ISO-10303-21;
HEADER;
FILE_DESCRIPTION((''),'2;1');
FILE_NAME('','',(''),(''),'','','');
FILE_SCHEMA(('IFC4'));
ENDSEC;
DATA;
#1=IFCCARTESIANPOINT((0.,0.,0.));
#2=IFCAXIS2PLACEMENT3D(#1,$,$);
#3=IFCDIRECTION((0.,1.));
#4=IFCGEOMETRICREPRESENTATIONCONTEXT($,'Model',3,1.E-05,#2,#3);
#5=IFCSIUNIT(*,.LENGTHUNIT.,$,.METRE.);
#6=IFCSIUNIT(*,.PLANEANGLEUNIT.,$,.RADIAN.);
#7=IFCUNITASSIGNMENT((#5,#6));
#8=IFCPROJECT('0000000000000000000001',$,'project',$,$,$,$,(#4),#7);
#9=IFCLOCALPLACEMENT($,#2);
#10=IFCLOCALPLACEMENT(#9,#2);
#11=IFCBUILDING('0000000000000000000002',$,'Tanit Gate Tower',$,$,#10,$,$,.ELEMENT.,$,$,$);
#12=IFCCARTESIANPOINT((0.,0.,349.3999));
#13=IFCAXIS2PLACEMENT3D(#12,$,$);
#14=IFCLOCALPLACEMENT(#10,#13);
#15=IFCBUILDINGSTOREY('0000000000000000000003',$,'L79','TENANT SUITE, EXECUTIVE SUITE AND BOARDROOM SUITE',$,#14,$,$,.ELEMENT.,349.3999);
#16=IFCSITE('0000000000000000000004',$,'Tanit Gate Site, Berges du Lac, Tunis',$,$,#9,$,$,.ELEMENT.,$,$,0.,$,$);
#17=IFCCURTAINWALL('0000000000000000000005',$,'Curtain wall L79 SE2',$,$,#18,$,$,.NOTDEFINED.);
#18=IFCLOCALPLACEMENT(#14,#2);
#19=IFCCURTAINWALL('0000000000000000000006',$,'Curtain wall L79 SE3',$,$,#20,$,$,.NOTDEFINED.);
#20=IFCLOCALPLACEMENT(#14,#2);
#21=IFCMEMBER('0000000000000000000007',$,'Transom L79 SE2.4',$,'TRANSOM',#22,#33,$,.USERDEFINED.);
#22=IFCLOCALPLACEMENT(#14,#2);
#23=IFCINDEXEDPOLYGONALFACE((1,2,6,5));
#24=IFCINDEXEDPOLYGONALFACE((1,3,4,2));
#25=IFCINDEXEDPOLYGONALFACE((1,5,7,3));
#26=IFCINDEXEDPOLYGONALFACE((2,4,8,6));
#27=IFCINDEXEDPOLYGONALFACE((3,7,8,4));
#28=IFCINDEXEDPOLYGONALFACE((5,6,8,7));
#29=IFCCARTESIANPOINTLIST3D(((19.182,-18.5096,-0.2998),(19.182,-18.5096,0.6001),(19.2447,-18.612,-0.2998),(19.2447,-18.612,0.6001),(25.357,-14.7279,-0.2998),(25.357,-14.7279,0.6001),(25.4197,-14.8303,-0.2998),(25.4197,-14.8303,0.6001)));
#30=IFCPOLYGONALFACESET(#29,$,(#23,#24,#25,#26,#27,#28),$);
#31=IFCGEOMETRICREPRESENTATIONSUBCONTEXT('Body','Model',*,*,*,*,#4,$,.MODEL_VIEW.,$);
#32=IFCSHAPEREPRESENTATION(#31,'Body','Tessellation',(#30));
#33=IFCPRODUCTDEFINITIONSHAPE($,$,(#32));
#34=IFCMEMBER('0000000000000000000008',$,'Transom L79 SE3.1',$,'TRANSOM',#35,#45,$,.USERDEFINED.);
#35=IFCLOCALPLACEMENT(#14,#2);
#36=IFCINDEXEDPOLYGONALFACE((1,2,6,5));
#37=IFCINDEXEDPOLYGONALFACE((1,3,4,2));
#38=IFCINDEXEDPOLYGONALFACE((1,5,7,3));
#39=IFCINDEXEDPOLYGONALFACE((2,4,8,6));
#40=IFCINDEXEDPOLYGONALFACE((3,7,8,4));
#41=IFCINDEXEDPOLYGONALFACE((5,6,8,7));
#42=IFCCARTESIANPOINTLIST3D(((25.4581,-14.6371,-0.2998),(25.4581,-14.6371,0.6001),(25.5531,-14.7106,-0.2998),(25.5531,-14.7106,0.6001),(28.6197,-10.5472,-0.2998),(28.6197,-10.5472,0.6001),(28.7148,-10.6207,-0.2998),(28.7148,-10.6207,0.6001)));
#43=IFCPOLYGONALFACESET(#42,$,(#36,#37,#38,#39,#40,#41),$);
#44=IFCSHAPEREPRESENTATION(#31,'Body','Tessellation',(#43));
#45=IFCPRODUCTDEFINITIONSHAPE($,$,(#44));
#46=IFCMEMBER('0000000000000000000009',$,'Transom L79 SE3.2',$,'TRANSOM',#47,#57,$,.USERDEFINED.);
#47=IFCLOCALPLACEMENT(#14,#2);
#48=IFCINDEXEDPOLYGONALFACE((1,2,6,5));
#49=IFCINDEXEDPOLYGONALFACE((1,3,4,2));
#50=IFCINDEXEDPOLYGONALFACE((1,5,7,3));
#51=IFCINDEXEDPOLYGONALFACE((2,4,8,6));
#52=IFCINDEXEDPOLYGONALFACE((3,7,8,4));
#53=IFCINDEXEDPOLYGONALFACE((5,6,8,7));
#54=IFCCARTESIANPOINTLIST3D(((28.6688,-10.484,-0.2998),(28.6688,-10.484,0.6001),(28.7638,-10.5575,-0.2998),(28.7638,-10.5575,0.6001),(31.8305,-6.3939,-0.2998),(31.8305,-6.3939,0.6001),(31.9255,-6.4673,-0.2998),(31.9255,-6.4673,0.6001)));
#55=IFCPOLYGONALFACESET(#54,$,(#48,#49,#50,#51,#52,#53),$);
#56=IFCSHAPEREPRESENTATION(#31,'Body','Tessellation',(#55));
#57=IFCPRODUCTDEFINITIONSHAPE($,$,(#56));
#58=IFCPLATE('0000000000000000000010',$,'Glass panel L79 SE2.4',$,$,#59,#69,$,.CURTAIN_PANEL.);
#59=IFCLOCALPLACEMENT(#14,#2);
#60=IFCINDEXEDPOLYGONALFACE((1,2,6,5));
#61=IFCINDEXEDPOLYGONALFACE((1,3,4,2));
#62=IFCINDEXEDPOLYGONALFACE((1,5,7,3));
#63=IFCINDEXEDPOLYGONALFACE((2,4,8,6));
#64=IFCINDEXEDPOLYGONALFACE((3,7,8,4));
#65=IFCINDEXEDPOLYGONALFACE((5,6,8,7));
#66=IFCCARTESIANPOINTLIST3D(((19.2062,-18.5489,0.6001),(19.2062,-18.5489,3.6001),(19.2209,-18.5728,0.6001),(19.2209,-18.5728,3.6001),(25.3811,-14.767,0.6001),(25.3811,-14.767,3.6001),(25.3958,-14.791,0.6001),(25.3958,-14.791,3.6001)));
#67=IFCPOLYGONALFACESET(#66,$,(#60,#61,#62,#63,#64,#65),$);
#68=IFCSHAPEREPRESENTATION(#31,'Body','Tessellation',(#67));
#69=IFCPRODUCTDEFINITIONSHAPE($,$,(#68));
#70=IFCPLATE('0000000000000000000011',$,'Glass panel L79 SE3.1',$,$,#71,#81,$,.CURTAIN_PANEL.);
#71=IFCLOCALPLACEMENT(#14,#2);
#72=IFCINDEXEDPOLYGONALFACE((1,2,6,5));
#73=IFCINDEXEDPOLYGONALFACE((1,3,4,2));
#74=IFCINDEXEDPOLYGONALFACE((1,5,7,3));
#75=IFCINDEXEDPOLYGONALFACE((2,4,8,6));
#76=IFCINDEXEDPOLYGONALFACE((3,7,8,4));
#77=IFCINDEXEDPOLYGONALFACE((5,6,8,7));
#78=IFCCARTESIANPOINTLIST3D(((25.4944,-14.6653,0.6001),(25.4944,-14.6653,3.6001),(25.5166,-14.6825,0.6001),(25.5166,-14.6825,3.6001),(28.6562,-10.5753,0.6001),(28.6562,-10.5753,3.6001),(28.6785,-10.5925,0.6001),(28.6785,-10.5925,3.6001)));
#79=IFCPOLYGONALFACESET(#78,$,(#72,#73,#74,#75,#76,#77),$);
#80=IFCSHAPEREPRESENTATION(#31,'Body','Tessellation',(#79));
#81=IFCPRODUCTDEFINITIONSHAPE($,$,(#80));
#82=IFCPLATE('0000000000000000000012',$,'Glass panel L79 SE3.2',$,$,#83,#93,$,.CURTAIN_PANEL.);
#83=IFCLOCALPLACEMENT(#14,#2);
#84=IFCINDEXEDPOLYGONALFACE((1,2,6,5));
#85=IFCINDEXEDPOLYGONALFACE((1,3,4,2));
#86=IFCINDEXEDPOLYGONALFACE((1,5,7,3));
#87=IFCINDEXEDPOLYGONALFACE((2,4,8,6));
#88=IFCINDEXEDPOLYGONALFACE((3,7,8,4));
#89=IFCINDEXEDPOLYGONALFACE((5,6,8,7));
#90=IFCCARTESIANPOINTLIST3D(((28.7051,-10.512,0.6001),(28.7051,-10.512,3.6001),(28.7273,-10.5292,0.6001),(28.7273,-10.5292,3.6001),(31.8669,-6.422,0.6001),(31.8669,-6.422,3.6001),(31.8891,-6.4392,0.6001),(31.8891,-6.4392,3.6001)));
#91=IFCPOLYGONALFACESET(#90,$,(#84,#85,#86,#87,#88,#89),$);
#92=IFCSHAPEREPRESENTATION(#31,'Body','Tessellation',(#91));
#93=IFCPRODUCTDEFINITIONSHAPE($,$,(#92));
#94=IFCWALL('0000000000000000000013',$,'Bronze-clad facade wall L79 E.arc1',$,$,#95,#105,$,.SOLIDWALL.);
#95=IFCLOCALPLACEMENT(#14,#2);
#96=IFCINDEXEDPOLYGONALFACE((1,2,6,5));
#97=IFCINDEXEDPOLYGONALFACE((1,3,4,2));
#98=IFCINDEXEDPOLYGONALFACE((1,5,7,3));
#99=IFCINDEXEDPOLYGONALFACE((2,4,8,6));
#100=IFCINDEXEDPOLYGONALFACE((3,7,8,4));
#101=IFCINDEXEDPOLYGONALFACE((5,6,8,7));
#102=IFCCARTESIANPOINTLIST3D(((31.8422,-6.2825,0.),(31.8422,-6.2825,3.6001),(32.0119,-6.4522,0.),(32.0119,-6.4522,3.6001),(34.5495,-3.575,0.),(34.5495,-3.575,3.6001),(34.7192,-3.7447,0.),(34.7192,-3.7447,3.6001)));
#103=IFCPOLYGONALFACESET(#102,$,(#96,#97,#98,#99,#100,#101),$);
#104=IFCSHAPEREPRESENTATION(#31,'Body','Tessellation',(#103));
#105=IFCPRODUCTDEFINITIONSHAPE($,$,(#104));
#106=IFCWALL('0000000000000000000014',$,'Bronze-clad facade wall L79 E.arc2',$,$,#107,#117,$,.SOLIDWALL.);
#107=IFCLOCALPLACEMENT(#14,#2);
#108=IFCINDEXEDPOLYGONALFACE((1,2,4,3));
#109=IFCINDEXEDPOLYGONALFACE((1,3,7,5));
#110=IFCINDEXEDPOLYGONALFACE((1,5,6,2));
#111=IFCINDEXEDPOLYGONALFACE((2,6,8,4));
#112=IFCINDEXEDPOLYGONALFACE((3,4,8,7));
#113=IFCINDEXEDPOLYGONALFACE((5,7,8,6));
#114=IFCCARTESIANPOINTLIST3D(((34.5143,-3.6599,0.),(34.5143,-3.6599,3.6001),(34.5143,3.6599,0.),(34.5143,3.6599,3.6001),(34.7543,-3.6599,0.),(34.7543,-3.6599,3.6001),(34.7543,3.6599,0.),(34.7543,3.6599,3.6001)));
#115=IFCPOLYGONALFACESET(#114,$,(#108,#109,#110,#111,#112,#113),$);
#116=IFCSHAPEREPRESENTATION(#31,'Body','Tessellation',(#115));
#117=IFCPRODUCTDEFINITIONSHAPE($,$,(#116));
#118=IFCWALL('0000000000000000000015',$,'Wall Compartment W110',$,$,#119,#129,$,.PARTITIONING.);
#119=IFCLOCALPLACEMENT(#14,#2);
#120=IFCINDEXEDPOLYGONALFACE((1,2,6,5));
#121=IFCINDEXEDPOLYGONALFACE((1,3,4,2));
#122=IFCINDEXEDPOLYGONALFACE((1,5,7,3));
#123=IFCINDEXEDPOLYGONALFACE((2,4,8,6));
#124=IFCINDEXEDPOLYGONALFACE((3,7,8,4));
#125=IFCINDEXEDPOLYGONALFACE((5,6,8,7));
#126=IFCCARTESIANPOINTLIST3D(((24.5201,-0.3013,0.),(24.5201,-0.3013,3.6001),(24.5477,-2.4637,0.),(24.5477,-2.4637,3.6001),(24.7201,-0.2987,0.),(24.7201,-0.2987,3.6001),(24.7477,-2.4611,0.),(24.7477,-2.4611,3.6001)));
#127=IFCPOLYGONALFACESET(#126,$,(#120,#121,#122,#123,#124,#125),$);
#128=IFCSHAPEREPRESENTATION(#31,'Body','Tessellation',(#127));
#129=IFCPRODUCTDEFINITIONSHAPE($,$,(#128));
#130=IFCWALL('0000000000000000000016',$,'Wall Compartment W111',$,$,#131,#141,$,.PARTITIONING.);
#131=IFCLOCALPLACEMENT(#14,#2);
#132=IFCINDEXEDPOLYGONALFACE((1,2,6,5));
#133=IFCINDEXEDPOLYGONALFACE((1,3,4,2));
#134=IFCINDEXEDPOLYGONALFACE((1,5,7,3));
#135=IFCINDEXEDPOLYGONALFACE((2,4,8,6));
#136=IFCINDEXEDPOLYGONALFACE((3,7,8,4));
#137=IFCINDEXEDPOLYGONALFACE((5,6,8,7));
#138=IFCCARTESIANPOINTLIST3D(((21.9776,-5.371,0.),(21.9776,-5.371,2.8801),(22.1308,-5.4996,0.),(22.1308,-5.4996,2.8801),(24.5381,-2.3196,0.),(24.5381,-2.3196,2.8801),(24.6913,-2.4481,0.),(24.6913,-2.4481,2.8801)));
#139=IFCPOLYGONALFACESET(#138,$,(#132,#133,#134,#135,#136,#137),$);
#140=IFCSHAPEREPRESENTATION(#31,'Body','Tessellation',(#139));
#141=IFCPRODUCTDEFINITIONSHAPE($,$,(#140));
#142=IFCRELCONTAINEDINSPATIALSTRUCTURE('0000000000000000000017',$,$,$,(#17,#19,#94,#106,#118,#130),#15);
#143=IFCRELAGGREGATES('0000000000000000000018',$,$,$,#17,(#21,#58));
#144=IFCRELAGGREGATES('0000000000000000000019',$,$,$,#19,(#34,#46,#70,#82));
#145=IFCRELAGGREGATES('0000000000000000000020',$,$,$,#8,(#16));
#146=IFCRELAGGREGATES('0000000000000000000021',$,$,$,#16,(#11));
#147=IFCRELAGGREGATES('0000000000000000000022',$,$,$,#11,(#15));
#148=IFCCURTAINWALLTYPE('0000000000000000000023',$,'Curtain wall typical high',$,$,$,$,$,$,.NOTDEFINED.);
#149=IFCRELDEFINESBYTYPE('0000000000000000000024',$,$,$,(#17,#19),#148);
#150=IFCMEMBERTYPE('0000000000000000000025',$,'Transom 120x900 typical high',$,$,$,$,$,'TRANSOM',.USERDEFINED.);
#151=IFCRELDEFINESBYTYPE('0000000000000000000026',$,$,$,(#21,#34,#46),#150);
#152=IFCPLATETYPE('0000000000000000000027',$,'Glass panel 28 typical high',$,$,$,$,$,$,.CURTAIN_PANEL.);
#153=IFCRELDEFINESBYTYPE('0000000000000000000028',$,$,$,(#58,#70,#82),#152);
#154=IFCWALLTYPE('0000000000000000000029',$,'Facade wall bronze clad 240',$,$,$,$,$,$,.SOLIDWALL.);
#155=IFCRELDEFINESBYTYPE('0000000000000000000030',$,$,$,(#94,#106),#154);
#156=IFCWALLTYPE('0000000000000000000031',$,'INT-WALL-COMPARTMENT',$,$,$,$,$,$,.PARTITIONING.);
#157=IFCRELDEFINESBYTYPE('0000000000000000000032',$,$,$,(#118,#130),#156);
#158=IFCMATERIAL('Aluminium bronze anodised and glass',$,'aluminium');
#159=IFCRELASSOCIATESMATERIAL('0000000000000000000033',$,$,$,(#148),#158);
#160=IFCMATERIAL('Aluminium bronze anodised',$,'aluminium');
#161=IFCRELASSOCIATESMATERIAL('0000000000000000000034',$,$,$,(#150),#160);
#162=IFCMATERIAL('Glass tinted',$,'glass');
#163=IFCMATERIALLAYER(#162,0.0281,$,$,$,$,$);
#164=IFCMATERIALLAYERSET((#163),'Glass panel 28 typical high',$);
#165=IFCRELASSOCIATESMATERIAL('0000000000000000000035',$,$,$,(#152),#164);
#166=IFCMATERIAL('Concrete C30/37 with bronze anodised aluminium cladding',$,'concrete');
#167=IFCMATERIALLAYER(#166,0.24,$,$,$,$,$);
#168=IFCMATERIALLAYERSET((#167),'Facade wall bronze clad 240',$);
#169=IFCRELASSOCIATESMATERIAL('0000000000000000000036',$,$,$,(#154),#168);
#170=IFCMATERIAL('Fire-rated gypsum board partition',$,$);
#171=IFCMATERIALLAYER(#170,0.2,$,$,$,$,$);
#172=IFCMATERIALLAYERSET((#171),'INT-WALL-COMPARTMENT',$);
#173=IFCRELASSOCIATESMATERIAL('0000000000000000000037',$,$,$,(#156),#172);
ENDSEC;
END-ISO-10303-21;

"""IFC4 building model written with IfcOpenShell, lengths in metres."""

from ifc_helpers import new_model, si_unit, direction, frame, frame_2d, origin, origin_2d, place, context, subcontext, project, spatial, rectangle, extrude, material, layer, layer_set, material_profile, profile_set, type_object, element, aggregate, save


model = new_model("IFC4")

# Units and contexts
model_context = context("Model", 3, precision=1e-05, world=origin(), true_north=direction((0.0, 1.0)))
body_context = subcontext(model_context, "Body", "Model", "MODEL_VIEW")
ifc_project = project(units=[si_unit("LENGTHUNIT", "METRE"), si_unit("PLANEANGLEUNIT", "RADIAN")], contexts=[model_context])

# Site, building, storey
site_placement = place(None, origin())
site = spatial("IfcSite", under=ifc_project, at=site_placement, Name="Tanit Gate Site, Berges du Lac, Tunis", CompositionType="ELEMENT", RefElevation=0.0)
building_placement = place(site_placement, origin())
building = spatial("IfcBuilding", under=site, at=building_placement, Name="Tanit Gate Tower", CompositionType="ELEMENT")
storey_placement = place(building_placement, frame((0.0, 0.0, 349.3999)))
storey = spatial("IfcBuildingStorey", under=building, at=storey_placement, Name="L79", Description="TENANT SUITE, EXECUTIVE SUITE AND BOARDROOM SUITE", CompositionType="ELEMENT", Elevation=349.3999)

# Curtain wall
ifc_material_1 = material(Name="Aluminium bronze anodised and glass", Category="aluminium")
curtain_wall_type = type_object("IfcCurtainWallType", Name="Curtain wall typical high", PredefinedType="NOTDEFINED", material=ifc_material_1)
curtain_wall_1_placement = place(storey_placement, origin())
curtain_wall_1 = element("IfcCurtainWall", 1, at=curtain_wall_1_placement, inside=storey, type_object=curtain_wall_type, Name="Curtain wall L79 SE2", PredefinedType="NOTDEFINED")

# Curtain wall
curtain_wall_2_placement = place(storey_placement, origin())
curtain_wall_2 = element("IfcCurtainWall", 2, at=curtain_wall_2_placement, inside=storey, type_object=curtain_wall_type, Name="Curtain wall L79 SE3", PredefinedType="NOTDEFINED")

# Members
ifc_material_2 = material(Name="Aluminium bronze anodised", Category="aluminium")
ifc_material_profile_1 = material_profile(ifc_material_2, rectangle(XDim=0.1201, YDim=0.8999, at=origin_2d()), Name="120x900 bronze transom")
ifc_profile_set_1 = profile_set([ifc_material_profile_1], Name="Aluminium bronze anodised")
member_type_1 = type_object("IfcMemberType", Name="Transom 120x900 typical high", ElementType="TRANSOM", PredefinedType="USERDEFINED", material=ifc_profile_set_1)
member_1_placement = place(storey_placement, frame((19.2134, -18.5608, 0.1501), z_axis=(0.852784, 0.522264, 0.0), x_axis=(-0.522264, 0.852784, 0.0)))
member_1 = element("IfcMember", 3, at=member_1_placement, type_object=member_type_1, Name="Transom L79 SE2.4", ObjectType="TRANSOM", PredefinedType="USERDEFINED", context=body_context, shape_type="SweptSolid", body=[
    extrude(rectangle(XDim=0.1201, YDim=0.8999, at=origin_2d()), origin(), (0.0, 0.0, 1.0), 7.241),
])
member_2_placement = place(storey_placement, frame((25.5056, -14.6738, 0.1501), z_axis=(0.611603, 0.791165, 0.0), x_axis=(-0.791165, 0.611603, 0.0)))
member_2 = element("IfcMember", 4, at=member_2_placement, type_object=member_type_1, Name="Transom L79 SE3.1", ObjectType="TRANSOM", PredefinedType="USERDEFINED", context=body_context, shape_type="SweptSolid", body=[
    extrude(rectangle(XDim=0.1201, YDim=0.8999, at=origin_2d()), origin(), (0.0, 0.0, 1.0), 5.1694),
])
member_3_placement = place(storey_placement, frame((28.7163, -10.5208, 0.1501), z_axis=(0.611581, 0.791182, 0.0), x_axis=(-0.791182, 0.611581, 0.0)))
member_3 = element("IfcMember", 5, at=member_3_placement, type_object=member_type_1, Name="Transom L79 SE3.2", ObjectType="TRANSOM", PredefinedType="USERDEFINED", context=body_context, shape_type="SweptSolid", body=[
    extrude(rectangle(XDim=0.1201, YDim=0.8999, at=origin_2d()), origin(), (0.0, 0.0, 1.0), 5.1697),
])

# Plates
ifc_material_3 = material(Name="Glass tinted", Category="glass")
ifc_layer_1 = layer(ifc_material_3, 0.0281)
ifc_layer_set_1 = layer_set([ifc_layer_1], Name="Glass panel 28 typical high")
plate_type = type_object("IfcPlateType", Name="Glass panel 28 typical high", PredefinedType="CURTAIN_PANEL", material=ifc_layer_set_1)
plate_1_placement = place(storey_placement, frame((22.301, -16.6699, 0.6001), z_axis=(0.0, 0.0, 1.0), x_axis=(0.852772, 0.522283, 0.0)))
plate_1 = element("IfcPlate", 6, at=plate_1_placement, type_object=plate_type, Name="Glass panel L79 SE2.4", PredefinedType="CURTAIN_PANEL", context=body_context, shape_type="SweptSolid", body=[
    extrude(rectangle(XDim=7.241, YDim=0.0281, at=origin_2d()), origin(), (0.0, 0.0, 1.0), 3.0),
])
aggregate(curtain_wall_1, [member_1, plate_1])
plate_2_placement = place(storey_placement, frame((27.0864, -12.6289, 0.6001), z_axis=(0.0, 0.0, 1.0), x_axis=(0.611613, 0.791157, 0.0)))
plate_2 = element("IfcPlate", 7, at=plate_2_placement, type_object=plate_type, Name="Glass panel L79 SE3.1", PredefinedType="CURTAIN_PANEL", context=body_context, shape_type="SweptSolid", body=[
    extrude(rectangle(XDim=5.1697, YDim=0.0281, at=origin_2d()), origin(), (0.0, 0.0, 1.0), 3.0),
])
plate_3_placement = place(storey_placement, frame((30.2971, -8.4756, 0.6001), z_axis=(0.0, 0.0, 1.0), x_axis=(0.611613, 0.791157, 0.0)))
plate_3 = element("IfcPlate", 8, at=plate_3_placement, type_object=plate_type, Name="Glass panel L79 SE3.2", PredefinedType="CURTAIN_PANEL", context=body_context, shape_type="SweptSolid", body=[
    extrude(rectangle(XDim=5.1697, YDim=0.0281, at=origin_2d()), origin(), (0.0, 0.0, 1.0), 3.0),
])
aggregate(curtain_wall_2, [member_2, member_3, plate_2, plate_3])

# Walls
ifc_material_4 = material(Name="Concrete C30/37 with bronze anodised aluminium cladding", Category="concrete")
ifc_layer_2 = layer(ifc_material_4, 0.24)
ifc_layer_set_2 = layer_set([ifc_layer_2], Name="Facade wall bronze clad 240")
wall_type_1 = type_object("IfcWallType", Name="Facade wall bronze clad 240", PredefinedType="SOLIDWALL", material=ifc_layer_set_2)
wall_1_placement = place(storey_placement, frame((31.927, -6.3674, 0.0), z_axis=(0.0, 0.0, 1.0), x_axis=(0.707075, 0.707139, 0.0)))
element("IfcWall", 9, at=wall_1_placement, inside=storey, type_object=wall_type_1, Name="Bronze-clad facade wall L79 E.arc1", PredefinedType="SOLIDWALL", context=body_context, shape_type="SweptSolid", body=[
    extrude(rectangle(XDim=3.8289, YDim=0.24, at=frame_2d((1.9146, 0.0))), origin(), (0.0, 0.0, 1.0), 3.6001),
])
wall_2_placement = place(storey_placement, frame((34.6343, -3.6599, 0.0), z_axis=(0.0, 0.0, 1.0), x_axis=(0.0, 1.0, 0.0)))
element("IfcWall", 10, at=wall_2_placement, inside=storey, type_object=wall_type_1, Name="Bronze-clad facade wall L79 E.arc2", PredefinedType="SOLIDWALL", context=body_context, shape_type="SweptSolid", body=[
    extrude(rectangle(XDim=7.3198, YDim=0.24, at=frame_2d((3.6599, 0.0))), origin(), (0.0, 0.0, 1.0), 3.6001),
])
ifc_material_5 = material(Name="Fire-rated gypsum board partition")
ifc_layer_3 = layer(ifc_material_5, 0.2)
ifc_layer_set_3 = layer_set([ifc_layer_3], Name="INT-WALL-COMPARTMENT")
wall_type_2 = type_object("IfcWallType", Name="INT-WALL-COMPARTMENT", PredefinedType="PARTITIONING", material=ifc_layer_set_3)
wall_3_placement = place(storey_placement, frame((24.6477, -2.4624, 0.0), z_axis=(0.0, 0.0, 1.0), x_axis=(-0.012757, 0.999919, 0.0)))
element("IfcWall", 11, at=wall_3_placement, inside=storey, type_object=wall_type_2, Name="Wall Compartment W110", PredefinedType="PARTITIONING", context=body_context, shape_type="SweptSolid", body=[
    extrude(rectangle(XDim=2.1626, YDim=0.2, at=frame_2d((1.0813, 0.0))), origin(), (0.0, 0.0, 1.0), 3.6001),
])
wall_4_placement = place(storey_placement, frame((22.0542, -5.4353, 0.0), z_axis=(0.0, 0.0, 1.0), x_axis=(0.642791, 0.766042, 0.0)))
element("IfcWall", 12, at=wall_4_placement, inside=storey, type_object=wall_type_2, Name="Wall Compartment W111", PredefinedType="PARTITIONING", context=body_context, shape_type="SweptSolid", body=[
    extrude(rectangle(XDim=3.9834, YDim=0.2, at=frame_2d((1.9917, 0.0))), origin(), (0.0, 0.0, 1.0), 2.8801),
])

save(model, "model.ifc")
